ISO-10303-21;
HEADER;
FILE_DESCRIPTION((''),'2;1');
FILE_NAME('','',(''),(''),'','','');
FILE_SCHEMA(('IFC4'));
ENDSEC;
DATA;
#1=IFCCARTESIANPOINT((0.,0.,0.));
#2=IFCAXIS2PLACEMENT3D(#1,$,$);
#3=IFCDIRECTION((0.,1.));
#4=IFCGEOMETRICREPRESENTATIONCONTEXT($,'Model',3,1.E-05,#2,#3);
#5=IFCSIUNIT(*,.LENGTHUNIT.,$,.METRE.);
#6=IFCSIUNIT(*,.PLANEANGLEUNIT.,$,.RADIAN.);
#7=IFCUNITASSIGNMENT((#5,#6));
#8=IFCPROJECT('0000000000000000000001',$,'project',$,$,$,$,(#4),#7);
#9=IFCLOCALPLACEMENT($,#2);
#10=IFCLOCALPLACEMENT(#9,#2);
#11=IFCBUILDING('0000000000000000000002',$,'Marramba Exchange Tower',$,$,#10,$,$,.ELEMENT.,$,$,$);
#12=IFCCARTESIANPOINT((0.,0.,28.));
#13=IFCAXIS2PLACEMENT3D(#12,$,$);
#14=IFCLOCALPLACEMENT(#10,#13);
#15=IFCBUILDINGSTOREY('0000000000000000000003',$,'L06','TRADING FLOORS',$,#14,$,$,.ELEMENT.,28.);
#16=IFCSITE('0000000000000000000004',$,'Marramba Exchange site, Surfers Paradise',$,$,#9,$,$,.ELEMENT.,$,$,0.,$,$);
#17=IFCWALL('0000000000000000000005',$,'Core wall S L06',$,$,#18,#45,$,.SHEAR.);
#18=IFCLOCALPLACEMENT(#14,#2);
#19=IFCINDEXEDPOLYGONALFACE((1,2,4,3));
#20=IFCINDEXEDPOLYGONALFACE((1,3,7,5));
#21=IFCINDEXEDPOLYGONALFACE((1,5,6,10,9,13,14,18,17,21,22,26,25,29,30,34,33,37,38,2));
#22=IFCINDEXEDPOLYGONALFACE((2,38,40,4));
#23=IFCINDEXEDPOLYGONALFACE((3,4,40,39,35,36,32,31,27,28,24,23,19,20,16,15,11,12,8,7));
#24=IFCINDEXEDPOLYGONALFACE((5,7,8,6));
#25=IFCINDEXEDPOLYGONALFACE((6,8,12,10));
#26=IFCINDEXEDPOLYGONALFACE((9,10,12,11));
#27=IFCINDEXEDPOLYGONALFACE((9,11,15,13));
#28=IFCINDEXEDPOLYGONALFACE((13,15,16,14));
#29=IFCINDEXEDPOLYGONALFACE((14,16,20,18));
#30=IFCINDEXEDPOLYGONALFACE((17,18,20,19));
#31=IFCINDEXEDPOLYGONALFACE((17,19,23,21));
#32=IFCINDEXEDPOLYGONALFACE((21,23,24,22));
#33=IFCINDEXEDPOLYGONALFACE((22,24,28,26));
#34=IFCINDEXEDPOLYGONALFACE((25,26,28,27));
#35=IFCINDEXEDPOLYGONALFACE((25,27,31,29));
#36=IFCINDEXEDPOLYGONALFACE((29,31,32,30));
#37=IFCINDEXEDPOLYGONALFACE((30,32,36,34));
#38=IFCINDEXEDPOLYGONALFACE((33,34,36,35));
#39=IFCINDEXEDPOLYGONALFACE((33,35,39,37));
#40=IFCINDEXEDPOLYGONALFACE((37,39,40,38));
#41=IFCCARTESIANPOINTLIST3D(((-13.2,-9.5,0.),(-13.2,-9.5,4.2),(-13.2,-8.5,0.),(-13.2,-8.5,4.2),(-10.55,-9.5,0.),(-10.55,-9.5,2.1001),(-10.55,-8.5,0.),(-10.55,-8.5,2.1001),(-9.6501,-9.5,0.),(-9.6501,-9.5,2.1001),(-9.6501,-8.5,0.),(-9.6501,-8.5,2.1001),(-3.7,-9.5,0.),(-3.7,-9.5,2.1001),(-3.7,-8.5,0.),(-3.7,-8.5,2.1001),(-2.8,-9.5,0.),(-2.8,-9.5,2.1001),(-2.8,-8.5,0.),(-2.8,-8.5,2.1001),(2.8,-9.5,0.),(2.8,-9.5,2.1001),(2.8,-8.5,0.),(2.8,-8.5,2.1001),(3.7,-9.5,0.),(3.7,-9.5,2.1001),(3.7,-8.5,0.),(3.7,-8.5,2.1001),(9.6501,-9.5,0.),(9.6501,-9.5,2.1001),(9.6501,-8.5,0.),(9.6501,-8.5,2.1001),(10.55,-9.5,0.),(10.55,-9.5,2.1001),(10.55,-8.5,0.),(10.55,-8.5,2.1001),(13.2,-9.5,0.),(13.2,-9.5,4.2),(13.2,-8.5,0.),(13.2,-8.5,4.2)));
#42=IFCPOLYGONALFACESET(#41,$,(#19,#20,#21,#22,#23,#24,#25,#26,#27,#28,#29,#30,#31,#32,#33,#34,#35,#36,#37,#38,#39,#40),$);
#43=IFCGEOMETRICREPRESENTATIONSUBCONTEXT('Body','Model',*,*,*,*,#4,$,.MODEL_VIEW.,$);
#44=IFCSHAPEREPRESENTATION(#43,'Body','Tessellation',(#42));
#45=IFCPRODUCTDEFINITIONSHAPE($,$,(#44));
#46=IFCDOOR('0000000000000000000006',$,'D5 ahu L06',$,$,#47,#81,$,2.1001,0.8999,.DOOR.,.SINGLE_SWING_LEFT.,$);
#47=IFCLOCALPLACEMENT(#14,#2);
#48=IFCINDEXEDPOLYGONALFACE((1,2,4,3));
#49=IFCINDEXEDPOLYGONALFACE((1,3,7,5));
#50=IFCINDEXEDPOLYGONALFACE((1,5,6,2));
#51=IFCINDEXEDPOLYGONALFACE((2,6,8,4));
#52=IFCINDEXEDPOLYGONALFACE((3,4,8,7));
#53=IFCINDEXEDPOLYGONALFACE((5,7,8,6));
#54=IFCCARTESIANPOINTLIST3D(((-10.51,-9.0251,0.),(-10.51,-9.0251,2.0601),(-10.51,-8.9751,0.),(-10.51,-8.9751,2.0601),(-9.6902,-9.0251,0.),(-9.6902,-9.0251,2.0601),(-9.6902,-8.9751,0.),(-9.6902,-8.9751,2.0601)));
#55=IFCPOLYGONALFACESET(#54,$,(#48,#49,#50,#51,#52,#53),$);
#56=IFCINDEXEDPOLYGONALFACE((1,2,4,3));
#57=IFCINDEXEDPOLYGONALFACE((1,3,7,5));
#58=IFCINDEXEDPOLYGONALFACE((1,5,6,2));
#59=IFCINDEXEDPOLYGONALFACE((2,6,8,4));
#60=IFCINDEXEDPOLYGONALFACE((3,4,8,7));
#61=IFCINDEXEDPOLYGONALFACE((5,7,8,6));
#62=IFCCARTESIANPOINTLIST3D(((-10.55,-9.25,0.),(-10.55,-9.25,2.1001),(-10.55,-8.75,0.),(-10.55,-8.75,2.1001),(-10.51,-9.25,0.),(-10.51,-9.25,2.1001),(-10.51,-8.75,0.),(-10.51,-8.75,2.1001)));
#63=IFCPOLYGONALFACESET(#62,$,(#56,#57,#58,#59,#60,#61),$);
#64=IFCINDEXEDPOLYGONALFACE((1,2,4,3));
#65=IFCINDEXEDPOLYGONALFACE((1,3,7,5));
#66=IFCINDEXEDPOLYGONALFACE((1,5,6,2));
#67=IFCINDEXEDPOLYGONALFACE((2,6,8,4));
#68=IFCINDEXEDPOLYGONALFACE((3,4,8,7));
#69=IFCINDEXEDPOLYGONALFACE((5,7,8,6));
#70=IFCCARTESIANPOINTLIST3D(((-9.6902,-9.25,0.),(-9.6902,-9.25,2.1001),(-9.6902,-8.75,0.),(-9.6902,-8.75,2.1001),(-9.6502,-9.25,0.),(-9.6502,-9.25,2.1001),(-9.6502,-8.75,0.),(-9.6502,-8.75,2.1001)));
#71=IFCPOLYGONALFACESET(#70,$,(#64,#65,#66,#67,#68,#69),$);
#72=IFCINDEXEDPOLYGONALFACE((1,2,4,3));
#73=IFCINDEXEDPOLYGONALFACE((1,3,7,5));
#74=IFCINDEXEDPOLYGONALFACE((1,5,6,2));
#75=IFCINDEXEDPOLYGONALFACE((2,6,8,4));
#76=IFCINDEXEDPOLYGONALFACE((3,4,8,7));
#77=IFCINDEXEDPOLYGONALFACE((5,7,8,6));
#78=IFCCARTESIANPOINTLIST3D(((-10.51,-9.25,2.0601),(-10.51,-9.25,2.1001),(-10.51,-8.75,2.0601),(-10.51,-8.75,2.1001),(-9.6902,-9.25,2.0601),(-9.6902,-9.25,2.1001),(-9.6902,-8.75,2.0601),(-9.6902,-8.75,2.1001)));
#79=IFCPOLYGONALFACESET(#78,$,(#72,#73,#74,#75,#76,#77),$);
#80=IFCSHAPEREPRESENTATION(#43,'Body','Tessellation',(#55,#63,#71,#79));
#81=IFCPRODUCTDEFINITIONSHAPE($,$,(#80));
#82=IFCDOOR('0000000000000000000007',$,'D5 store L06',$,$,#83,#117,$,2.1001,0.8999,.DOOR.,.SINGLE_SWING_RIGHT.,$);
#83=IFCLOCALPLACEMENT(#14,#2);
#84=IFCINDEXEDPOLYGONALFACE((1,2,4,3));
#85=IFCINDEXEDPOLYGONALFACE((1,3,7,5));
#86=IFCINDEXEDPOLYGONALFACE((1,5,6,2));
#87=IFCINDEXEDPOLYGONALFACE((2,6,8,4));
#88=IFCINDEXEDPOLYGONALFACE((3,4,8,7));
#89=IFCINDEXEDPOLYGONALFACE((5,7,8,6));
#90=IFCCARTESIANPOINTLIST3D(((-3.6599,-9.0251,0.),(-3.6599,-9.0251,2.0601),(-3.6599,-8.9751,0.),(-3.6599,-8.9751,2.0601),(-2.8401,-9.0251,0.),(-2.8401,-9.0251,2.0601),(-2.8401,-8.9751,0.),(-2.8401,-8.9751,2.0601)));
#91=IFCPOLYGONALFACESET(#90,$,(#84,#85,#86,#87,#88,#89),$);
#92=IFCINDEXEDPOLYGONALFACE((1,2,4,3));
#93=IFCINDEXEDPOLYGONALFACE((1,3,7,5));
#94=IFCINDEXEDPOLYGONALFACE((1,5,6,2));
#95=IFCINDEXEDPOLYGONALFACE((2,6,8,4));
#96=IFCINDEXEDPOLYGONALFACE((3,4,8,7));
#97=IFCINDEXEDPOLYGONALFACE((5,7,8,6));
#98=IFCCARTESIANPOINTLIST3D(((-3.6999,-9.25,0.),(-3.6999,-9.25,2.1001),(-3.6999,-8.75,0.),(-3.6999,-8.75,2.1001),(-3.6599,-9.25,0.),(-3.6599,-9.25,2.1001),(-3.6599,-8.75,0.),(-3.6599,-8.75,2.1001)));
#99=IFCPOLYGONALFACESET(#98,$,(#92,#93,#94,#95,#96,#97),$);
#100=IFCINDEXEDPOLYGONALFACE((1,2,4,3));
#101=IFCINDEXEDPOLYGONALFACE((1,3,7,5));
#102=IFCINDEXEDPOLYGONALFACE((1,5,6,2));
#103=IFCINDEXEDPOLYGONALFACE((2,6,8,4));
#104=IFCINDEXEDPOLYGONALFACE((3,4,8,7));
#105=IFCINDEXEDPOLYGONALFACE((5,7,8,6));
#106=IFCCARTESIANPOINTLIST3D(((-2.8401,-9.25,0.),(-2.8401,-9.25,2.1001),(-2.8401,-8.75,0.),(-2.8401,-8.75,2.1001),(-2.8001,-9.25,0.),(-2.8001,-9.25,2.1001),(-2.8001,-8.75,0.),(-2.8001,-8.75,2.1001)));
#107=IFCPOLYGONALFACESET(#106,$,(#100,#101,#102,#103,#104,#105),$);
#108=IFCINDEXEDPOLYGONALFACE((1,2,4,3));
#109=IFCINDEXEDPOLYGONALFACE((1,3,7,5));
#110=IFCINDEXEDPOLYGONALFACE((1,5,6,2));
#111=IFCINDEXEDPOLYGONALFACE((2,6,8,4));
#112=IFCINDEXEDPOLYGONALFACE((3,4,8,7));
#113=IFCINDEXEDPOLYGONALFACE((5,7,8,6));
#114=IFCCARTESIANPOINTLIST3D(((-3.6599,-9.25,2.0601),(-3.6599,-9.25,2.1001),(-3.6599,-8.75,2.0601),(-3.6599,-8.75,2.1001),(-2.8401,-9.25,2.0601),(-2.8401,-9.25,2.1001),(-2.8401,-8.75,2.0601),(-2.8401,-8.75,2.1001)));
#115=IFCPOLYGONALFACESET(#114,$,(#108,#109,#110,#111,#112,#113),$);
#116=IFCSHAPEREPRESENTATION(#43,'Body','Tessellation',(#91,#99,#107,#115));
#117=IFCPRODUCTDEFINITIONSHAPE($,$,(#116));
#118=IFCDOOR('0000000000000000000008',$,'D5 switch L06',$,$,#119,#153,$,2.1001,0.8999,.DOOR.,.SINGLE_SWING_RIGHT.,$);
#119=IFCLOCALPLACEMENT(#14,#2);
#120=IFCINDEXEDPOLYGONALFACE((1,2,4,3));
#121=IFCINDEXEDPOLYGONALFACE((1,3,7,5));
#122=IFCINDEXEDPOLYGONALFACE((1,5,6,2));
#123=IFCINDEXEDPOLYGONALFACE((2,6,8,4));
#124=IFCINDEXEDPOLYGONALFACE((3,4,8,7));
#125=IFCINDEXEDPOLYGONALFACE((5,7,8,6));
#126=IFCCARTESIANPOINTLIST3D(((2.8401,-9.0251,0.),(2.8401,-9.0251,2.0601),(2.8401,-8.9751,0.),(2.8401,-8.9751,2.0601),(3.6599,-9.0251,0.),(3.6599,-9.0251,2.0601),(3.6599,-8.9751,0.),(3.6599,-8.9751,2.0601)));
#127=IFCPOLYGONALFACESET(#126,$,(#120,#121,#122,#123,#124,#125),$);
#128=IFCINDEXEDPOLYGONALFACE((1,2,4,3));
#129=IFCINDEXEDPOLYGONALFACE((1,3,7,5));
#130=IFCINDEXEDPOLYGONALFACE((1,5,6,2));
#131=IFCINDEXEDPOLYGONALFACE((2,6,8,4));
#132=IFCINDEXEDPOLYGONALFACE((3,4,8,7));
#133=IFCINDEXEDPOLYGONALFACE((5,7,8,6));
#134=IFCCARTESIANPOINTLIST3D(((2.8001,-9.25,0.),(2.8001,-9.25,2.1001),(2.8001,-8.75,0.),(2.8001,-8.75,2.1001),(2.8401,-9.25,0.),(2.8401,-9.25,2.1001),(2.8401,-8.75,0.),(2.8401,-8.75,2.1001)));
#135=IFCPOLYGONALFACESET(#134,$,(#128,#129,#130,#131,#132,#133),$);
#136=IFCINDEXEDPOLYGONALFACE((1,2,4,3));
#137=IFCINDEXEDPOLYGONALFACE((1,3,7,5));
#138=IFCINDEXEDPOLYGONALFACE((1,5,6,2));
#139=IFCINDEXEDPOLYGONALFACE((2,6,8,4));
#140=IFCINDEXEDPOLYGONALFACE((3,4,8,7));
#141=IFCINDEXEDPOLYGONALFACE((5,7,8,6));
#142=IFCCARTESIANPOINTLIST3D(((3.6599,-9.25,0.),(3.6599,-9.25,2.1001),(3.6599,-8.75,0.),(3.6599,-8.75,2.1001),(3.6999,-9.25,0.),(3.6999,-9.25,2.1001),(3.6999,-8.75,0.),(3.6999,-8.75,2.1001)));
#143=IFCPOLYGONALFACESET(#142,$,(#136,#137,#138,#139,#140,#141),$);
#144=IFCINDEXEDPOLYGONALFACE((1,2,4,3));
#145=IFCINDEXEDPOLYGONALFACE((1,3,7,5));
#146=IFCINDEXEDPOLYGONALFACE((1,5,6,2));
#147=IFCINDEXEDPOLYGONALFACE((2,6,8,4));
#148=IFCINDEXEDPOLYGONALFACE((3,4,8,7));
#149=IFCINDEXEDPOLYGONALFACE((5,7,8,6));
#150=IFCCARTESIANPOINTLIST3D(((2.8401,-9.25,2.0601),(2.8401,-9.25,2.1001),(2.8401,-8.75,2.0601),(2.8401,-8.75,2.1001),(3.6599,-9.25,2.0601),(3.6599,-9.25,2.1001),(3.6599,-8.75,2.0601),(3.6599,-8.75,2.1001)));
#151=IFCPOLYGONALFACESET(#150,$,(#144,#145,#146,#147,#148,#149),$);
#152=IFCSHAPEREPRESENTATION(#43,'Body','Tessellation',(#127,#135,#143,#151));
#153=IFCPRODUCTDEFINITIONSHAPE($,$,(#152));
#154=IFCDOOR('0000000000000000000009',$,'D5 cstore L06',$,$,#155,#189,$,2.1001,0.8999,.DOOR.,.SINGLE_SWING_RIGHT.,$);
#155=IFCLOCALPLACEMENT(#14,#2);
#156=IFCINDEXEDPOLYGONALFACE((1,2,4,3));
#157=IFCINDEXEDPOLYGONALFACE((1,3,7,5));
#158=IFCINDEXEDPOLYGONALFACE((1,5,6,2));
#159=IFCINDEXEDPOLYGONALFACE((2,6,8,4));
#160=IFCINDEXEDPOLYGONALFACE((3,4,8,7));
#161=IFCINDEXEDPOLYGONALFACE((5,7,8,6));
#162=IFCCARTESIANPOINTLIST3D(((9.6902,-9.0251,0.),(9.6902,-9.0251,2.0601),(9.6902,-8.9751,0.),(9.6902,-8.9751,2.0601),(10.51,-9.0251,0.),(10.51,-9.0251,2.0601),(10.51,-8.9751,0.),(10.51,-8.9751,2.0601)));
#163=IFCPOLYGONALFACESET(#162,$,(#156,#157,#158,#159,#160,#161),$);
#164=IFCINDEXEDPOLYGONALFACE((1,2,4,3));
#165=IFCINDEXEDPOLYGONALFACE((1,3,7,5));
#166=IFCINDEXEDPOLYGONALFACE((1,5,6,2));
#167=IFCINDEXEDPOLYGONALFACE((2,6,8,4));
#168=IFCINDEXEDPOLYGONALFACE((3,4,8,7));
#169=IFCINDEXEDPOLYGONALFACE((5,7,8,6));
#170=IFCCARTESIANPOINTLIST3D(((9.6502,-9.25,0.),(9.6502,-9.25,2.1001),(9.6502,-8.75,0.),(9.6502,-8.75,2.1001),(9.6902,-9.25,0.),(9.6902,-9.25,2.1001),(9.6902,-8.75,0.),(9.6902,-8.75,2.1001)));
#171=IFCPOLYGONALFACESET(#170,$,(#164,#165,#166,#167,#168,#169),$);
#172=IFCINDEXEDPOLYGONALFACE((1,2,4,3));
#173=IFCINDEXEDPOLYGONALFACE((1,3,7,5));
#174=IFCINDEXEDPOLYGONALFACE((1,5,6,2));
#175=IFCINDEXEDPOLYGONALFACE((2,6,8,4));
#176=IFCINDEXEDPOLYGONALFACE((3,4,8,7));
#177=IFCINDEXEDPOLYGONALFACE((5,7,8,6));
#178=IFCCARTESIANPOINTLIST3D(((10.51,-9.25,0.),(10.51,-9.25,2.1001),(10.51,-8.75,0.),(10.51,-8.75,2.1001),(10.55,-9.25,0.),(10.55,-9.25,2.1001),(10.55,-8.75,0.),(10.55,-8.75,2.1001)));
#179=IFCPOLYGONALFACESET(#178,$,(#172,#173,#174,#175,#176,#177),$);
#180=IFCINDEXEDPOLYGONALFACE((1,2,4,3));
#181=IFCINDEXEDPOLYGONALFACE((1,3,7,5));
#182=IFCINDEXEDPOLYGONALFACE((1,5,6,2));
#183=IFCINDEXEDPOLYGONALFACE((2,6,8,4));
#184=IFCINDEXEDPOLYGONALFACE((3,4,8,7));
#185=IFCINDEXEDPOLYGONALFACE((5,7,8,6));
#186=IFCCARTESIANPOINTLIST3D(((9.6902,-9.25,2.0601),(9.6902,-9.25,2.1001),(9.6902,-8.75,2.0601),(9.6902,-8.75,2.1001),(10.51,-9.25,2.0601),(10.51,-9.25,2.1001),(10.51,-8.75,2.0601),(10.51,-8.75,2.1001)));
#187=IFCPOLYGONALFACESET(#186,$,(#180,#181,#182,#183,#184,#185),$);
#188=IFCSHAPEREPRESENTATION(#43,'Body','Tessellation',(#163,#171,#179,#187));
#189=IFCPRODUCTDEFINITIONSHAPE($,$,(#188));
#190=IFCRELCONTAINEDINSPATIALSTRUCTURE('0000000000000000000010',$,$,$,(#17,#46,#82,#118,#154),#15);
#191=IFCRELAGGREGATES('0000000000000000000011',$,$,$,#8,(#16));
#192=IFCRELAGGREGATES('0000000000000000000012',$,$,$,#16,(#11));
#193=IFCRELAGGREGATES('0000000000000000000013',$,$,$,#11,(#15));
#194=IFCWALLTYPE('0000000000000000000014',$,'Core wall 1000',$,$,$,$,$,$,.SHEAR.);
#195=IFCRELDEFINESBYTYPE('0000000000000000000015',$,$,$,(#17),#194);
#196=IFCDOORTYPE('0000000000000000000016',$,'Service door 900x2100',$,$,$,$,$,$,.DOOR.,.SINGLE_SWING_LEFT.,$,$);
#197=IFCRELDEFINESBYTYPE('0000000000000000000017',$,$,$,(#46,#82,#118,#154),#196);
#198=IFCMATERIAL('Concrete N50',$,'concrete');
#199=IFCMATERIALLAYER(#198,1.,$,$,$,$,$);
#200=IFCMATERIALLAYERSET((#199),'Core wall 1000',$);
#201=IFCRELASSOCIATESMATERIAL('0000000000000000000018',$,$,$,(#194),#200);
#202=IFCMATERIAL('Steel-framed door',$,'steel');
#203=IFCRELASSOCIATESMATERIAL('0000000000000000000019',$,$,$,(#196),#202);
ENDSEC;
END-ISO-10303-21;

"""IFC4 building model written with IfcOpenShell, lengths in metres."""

from ifc_helpers import new_model, si_unit, direction, frame, frame_2d, origin, place, context, subcontext, project, spatial, rectangle, extrude, material, layer, layer_set, type_object, element, fill, save


model = new_model("IFC4")

# Units and contexts
model_context = context("Model", 3, precision=1e-05, world=origin(), true_north=direction((0.0, 1.0)))
body_context = subcontext(model_context, "Body", "Model", "MODEL_VIEW")
ifc_project = project(units=[si_unit("LENGTHUNIT", "METRE"), si_unit("PLANEANGLEUNIT", "RADIAN")], contexts=[model_context])

# Site, building, storey
site_placement = place(None, origin())
site = spatial("IfcSite", under=ifc_project, at=site_placement, Name="Marramba Exchange site, Surfers Paradise", CompositionType="ELEMENT", RefElevation=0.0)
building_placement = place(site_placement, origin())
building = spatial("IfcBuilding", under=site, at=building_placement, Name="Marramba Exchange Tower", CompositionType="ELEMENT")
storey_placement = place(building_placement, frame((0.0, 0.0, 28.0)))
storey = spatial("IfcBuildingStorey", under=building, at=storey_placement, Name="L06", Description="TRADING FLOORS", CompositionType="ELEMENT", Elevation=28.0)

# Shared definitions
ifc_material_1 = material(Name="Concrete N50", Category="concrete")

# Wall, openings, doors
ifc_layer_1 = layer(ifc_material_1, 1.0)
ifc_layer_set_1 = layer_set([ifc_layer_1], Name="Core wall 1000")
wall_type_1 = type_object("IfcWallType", Name="Core wall 1000", PredefinedType="SHEAR", material=ifc_layer_set_1)
wall_1_placement = place(storey_placement, frame((-13.2, -9.0, 0.0), z_axis=(0.0, 0.0, 1.0), x_axis=(1.0, 0.0, 0.0)))
wall_1 = element("IfcWall", 1, at=wall_1_placement, inside=storey, type_object=wall_type_1, Name="Core wall S L06", PredefinedType="SHEAR", context=body_context, shape_type="SweptSolid", body=[
    extrude(rectangle(XDim=26.3999, YDim=1.0, at=frame_2d((13.2, 0.0))), origin(), (0.0, 0.0, 1.0), 4.2),
])
opening_1_placement = place(wall_1_placement, frame((2.6499, 0.0, 0.0)))
opening_1 = element("IfcOpeningElement", 2, at=opening_1_placement, cuts=wall_1, PredefinedType="OPENING", context=body_context, shape_type="SweptSolid", body=[
    extrude(rectangle(XDim=0.8999, YDim=2.1001, at=frame_2d((0.45, 1.05))), frame((0.0, 0.51, 0.0), z_axis=(0.0, -1.0, 0.0), x_axis=(1.0, 0.0, 0.0)), (0.0, 0.0, 1.0), 1.02),
])
opening_2_placement = place(wall_1_placement, frame((9.5, 0.0, 0.0)))
opening_2 = element("IfcOpeningElement", 3, at=opening_2_placement, cuts=wall_1, PredefinedType="OPENING", context=body_context, shape_type="SweptSolid", body=[
    extrude(rectangle(XDim=0.8999, YDim=2.1001, at=frame_2d((0.45, 1.05))), frame((0.0, 0.51, 0.0), z_axis=(0.0, -1.0, 0.0), x_axis=(1.0, 0.0, 0.0)), (0.0, 0.0, 1.0), 1.02),
])
opening_3_placement = place(wall_1_placement, frame((16.0, 0.0, 0.0)))
opening_3 = element("IfcOpeningElement", 4, at=opening_3_placement, cuts=wall_1, PredefinedType="OPENING", context=body_context, shape_type="SweptSolid", body=[
    extrude(rectangle(XDim=0.8999, YDim=2.1001, at=frame_2d((0.45, 1.05))), frame((0.0, 0.51, 0.0), z_axis=(0.0, -1.0, 0.0), x_axis=(1.0, 0.0, 0.0)), (0.0, 0.0, 1.0), 1.02),
])
opening_4_placement = place(wall_1_placement, frame((22.8501, 0.0, 0.0)))
opening_4 = element("IfcOpeningElement", 5, at=opening_4_placement, cuts=wall_1, PredefinedType="OPENING", context=body_context, shape_type="SweptSolid", body=[
    extrude(rectangle(XDim=0.8999, YDim=2.1001, at=frame_2d((0.45, 1.05))), frame((0.0, 0.51, 0.0), z_axis=(0.0, -1.0, 0.0), x_axis=(1.0, 0.0, 0.0)), (0.0, 0.0, 1.0), 1.02),
])
ifc_material_2 = material(Name="Steel-framed door", Category="steel")
door_type_1 = type_object("IfcDoorType", Name="Service door 900x2100", OperationType="SINGLE_SWING_LEFT", PredefinedType="DOOR", material=ifc_material_2)
door_1_placement = place(opening_1_placement, origin())
door_1 = element("IfcDoor", 6, at=door_1_placement, inside=storey, type_object=door_type_1, Name="D5 ahu L06", OperationType="SINGLE_SWING_LEFT", OverallHeight=2.1001, OverallWidth=0.8999, PredefinedType="DOOR", context=body_context, shape_type="SweptSolid", body=[
    extrude(rectangle(XDim=0.8198, YDim=2.0601, at=frame_2d((0.45, 1.03))), frame((0.0, 0.0249, 0.0), z_axis=(0.0, -1.0, 0.0), x_axis=(1.0, 0.0, 0.0)), (0.0, 0.0, 1.0), 0.05),
    extrude(rectangle(XDim=0.04, YDim=2.1001, at=frame_2d((0.02, 1.05))), frame((0.0, 0.25, 0.0), z_axis=(0.0, -1.0, 0.0), x_axis=(1.0, 0.0, 0.0)), (0.0, 0.0, 1.0), 0.5),
    extrude(rectangle(XDim=0.04, YDim=2.1001, at=frame_2d((0.8799, 1.05))), frame((0.0, 0.25, 0.0), z_axis=(0.0, -1.0, 0.0), x_axis=(1.0, 0.0, 0.0)), (0.0, 0.0, 1.0), 0.5),
    extrude(rectangle(XDim=0.8198, YDim=0.04, at=frame_2d((0.45, 2.0801))), frame((0.0, 0.25, 0.0), z_axis=(0.0, -1.0, 0.0), x_axis=(1.0, 0.0, 0.0)), (0.0, 0.0, 1.0), 0.5),
])
fill(opening_1, door_1)
door_2_placement = place(opening_2_placement, origin())
door_2 = element("IfcDoor", 7, at=door_2_placement, inside=storey, type_object=door_type_1, Name="D5 store L06", OperationType="SINGLE_SWING_RIGHT", OverallHeight=2.1001, OverallWidth=0.8999, PredefinedType="DOOR", context=body_context, shape_type="SweptSolid", body=[
    extrude(rectangle(XDim=0.8198, YDim=2.0601, at=frame_2d((0.45, 1.03))), frame((0.0, 0.0249, 0.0), z_axis=(0.0, -1.0, 0.0), x_axis=(1.0, 0.0, 0.0)), (0.0, 0.0, 1.0), 0.05),
    extrude(rectangle(XDim=0.04, YDim=2.1001, at=frame_2d((0.02, 1.05))), frame((0.0, 0.25, 0.0), z_axis=(0.0, -1.0, 0.0), x_axis=(1.0, 0.0, 0.0)), (0.0, 0.0, 1.0), 0.5),
    extrude(rectangle(XDim=0.04, YDim=2.1001, at=frame_2d((0.8799, 1.05))), frame((0.0, 0.25, 0.0), z_axis=(0.0, -1.0, 0.0), x_axis=(1.0, 0.0, 0.0)), (0.0, 0.0, 1.0), 0.5),
    extrude(rectangle(XDim=0.8198, YDim=0.04, at=frame_2d((0.45, 2.0801))), frame((0.0, 0.25, 0.0), z_axis=(0.0, -1.0, 0.0), x_axis=(1.0, 0.0, 0.0)), (0.0, 0.0, 1.0), 0.5),
])
fill(opening_2, door_2)
door_3_placement = place(opening_3_placement, origin())
door_3 = element("IfcDoor", 8, at=door_3_placement, inside=storey, type_object=door_type_1, Name="D5 switch L06", OperationType="SINGLE_SWING_RIGHT", OverallHeight=2.1001, OverallWidth=0.8999, PredefinedType="DOOR", context=body_context, shape_type="SweptSolid", body=[
    extrude(rectangle(XDim=0.8198, YDim=2.0601, at=frame_2d((0.45, 1.03))), frame((0.0, 0.0249, 0.0), z_axis=(0.0, -1.0, 0.0), x_axis=(1.0, 0.0, 0.0)), (0.0, 0.0, 1.0), 0.05),
    extrude(rectangle(XDim=0.04, YDim=2.1001, at=frame_2d((0.02, 1.05))), frame((0.0, 0.25, 0.0), z_axis=(0.0, -1.0, 0.0), x_axis=(1.0, 0.0, 0.0)), (0.0, 0.0, 1.0), 0.5),
    extrude(rectangle(XDim=0.04, YDim=2.1001, at=frame_2d((0.8799, 1.05))), frame((0.0, 0.25, 0.0), z_axis=(0.0, -1.0, 0.0), x_axis=(1.0, 0.0, 0.0)), (0.0, 0.0, 1.0), 0.5),
    extrude(rectangle(XDim=0.8198, YDim=0.04, at=frame_2d((0.45, 2.0801))), frame((0.0, 0.25, 0.0), z_axis=(0.0, -1.0, 0.0), x_axis=(1.0, 0.0, 0.0)), (0.0, 0.0, 1.0), 0.5),
])
fill(opening_3, door_3)
door_4_placement = place(opening_4_placement, origin())
door_4 = element("IfcDoor", 9, at=door_4_placement, inside=storey, type_object=door_type_1, Name="D5 cstore L06", OperationType="SINGLE_SWING_RIGHT", OverallHeight=2.1001, OverallWidth=0.8999, PredefinedType="DOOR", context=body_context, shape_type="SweptSolid", body=[
    extrude(rectangle(XDim=0.8198, YDim=2.0601, at=frame_2d((0.45, 1.03))), frame((0.0, 0.0249, 0.0), z_axis=(0.0, -1.0, 0.0), x_axis=(1.0, 0.0, 0.0)), (0.0, 0.0, 1.0), 0.05),
    extrude(rectangle(XDim=0.04, YDim=2.1001, at=frame_2d((0.02, 1.05))), frame((0.0, 0.25, 0.0), z_axis=(0.0, -1.0, 0.0), x_axis=(1.0, 0.0, 0.0)), (0.0, 0.0, 1.0), 0.5),
    extrude(rectangle(XDim=0.04, YDim=2.1001, at=frame_2d((0.8799, 1.05))), frame((0.0, 0.25, 0.0), z_axis=(0.0, -1.0, 0.0), x_axis=(1.0, 0.0, 0.0)), (0.0, 0.0, 1.0), 0.5),
    extrude(rectangle(XDim=0.8198, YDim=0.04, at=frame_2d((0.45, 2.0801))), frame((0.0, 0.25, 0.0), z_axis=(0.0, -1.0, 0.0), x_axis=(1.0, 0.0, 0.0)), (0.0, 0.0, 1.0), 0.5),
])
fill(opening_4, door_4)

save(model, "model.ifc")
